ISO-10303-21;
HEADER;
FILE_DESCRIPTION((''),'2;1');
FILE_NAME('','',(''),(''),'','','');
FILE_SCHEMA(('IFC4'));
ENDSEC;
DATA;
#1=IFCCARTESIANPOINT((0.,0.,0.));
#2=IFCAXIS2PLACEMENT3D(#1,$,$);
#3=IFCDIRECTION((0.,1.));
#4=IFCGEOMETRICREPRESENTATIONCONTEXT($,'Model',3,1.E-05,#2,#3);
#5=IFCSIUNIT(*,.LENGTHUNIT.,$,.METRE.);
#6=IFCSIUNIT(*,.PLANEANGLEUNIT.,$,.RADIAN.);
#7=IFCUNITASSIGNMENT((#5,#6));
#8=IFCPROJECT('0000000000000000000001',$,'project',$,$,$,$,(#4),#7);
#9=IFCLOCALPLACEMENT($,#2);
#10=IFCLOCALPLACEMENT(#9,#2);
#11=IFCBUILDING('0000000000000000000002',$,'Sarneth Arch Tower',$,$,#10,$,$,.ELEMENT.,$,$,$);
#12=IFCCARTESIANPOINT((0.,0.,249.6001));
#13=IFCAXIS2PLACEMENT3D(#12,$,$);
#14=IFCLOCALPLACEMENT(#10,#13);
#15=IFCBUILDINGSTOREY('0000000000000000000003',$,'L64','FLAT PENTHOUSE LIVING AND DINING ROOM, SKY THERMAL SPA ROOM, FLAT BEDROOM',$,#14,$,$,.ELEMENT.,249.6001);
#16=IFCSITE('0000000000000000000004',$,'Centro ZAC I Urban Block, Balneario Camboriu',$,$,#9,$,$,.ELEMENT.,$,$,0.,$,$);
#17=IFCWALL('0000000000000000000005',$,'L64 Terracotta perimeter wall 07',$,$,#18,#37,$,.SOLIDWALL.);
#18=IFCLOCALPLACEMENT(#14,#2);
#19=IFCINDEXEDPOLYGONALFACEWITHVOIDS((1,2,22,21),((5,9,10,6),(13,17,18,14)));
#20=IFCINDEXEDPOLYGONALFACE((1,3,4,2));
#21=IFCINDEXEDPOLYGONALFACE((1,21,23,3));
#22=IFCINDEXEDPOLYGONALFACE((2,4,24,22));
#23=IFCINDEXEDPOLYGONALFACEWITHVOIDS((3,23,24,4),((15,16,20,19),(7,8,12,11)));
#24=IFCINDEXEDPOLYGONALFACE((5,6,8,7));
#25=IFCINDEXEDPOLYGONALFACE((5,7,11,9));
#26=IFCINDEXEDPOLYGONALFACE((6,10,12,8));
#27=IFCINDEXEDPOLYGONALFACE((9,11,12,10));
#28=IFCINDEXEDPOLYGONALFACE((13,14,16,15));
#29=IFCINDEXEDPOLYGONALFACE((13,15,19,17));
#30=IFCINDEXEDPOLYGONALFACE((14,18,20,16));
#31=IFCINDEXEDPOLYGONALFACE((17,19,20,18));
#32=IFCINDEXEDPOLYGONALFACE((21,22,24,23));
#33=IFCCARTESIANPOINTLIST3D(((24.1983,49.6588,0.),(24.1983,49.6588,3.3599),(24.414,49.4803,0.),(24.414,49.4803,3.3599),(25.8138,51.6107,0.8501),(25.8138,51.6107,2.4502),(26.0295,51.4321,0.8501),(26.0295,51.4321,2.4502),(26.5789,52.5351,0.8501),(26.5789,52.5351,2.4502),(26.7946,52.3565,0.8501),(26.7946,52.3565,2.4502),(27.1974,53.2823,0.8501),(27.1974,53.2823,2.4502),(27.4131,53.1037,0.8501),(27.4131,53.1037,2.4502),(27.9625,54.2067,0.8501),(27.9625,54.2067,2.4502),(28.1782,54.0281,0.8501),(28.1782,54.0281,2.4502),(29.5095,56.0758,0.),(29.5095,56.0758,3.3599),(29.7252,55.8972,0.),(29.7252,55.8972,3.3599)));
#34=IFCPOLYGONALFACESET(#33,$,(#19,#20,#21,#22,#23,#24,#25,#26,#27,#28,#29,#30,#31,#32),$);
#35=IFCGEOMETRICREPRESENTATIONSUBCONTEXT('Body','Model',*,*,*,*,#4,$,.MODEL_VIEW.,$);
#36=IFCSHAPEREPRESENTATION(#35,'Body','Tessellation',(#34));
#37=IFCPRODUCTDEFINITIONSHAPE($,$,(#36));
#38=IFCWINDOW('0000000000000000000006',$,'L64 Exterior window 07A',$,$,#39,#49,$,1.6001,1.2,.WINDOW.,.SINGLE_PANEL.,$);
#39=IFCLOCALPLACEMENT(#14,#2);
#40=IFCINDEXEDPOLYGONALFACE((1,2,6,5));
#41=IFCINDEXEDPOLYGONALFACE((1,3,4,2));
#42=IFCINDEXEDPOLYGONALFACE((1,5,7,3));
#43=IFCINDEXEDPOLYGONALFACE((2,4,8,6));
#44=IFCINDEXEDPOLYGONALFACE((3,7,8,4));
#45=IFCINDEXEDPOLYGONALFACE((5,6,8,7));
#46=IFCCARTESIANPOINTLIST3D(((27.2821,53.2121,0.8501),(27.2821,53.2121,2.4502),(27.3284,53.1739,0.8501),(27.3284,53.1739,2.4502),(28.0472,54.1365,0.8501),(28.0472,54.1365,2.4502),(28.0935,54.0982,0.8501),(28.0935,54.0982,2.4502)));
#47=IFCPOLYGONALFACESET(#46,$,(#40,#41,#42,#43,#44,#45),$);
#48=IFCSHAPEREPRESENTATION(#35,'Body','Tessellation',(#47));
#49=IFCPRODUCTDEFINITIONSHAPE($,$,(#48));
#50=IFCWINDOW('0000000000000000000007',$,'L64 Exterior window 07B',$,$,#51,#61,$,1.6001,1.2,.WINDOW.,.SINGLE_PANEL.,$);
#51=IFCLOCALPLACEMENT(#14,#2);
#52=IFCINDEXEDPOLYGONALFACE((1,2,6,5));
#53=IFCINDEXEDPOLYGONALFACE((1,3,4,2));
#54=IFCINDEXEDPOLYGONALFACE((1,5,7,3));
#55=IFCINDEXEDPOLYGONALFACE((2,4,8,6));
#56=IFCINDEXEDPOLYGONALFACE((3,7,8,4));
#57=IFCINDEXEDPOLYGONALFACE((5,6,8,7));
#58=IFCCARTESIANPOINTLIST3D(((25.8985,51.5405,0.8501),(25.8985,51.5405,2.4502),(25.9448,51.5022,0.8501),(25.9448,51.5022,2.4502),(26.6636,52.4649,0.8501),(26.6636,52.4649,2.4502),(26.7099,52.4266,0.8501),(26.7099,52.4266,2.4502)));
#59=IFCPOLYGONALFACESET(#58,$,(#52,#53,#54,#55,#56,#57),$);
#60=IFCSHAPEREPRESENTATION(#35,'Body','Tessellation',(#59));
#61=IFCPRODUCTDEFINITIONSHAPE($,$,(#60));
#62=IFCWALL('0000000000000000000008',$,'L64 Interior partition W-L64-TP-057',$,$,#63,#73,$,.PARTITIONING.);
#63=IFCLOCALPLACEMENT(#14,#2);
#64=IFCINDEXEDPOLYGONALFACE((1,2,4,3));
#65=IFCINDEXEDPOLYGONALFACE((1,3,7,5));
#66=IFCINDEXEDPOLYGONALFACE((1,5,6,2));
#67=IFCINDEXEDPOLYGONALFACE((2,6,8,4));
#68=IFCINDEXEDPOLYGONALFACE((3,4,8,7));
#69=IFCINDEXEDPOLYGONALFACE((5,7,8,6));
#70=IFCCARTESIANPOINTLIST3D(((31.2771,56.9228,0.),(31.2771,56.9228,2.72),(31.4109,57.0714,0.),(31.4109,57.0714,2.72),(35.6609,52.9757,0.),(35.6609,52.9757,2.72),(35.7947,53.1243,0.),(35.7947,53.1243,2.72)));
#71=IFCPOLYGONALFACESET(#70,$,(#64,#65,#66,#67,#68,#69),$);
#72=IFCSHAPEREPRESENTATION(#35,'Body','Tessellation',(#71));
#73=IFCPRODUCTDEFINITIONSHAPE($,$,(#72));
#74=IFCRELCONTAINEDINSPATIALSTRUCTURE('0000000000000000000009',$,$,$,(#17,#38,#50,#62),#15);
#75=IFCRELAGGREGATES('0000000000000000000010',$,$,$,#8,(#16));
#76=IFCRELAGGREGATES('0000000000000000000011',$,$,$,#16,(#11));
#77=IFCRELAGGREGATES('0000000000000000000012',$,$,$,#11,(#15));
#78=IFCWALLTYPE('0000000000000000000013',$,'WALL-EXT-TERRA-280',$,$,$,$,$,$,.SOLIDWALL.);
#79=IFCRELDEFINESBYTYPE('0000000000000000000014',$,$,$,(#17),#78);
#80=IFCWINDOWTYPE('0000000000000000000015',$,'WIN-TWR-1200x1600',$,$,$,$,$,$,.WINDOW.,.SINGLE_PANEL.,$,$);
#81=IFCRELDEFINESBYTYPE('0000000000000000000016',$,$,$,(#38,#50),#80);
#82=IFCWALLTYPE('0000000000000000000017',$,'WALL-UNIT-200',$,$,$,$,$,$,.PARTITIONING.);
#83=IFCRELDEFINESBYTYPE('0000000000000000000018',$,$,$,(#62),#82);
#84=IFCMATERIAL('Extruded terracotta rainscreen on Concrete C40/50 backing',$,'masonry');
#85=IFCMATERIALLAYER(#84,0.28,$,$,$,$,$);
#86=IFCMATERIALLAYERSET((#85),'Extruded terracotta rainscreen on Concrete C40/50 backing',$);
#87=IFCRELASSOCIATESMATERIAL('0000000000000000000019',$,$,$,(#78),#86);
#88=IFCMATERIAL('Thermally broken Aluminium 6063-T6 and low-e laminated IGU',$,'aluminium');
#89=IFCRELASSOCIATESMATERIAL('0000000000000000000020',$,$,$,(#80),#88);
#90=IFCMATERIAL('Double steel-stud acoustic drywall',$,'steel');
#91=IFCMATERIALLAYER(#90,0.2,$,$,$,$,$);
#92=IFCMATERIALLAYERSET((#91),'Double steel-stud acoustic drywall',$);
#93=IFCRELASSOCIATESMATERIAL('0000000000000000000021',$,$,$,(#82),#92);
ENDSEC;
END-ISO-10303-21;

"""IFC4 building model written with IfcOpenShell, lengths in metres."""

from ifc_helpers import new_model, si_unit, direction, frame, frame_2d, origin, place, context, subcontext, project, spatial, rectangle, extrude, material, layer, layer_set, type_object, element, fill, save


model = new_model("IFC4")

# Units and contexts
model_context = context("Model", 3, precision=1e-05, world=origin(), true_north=direction((0.0, 1.0)))
body_context = subcontext(model_context, "Body", "Model", "MODEL_VIEW")
ifc_project = project(units=[si_unit("LENGTHUNIT", "METRE"), si_unit("PLANEANGLEUNIT", "RADIAN")], contexts=[model_context])

# Site, building, storey
site_placement = place(None, origin())
site = spatial("IfcSite", under=ifc_project, at=site_placement, Name="Centro ZAC I Urban Block, Balneario Camboriu", CompositionType="ELEMENT", RefElevation=0.0)
building_placement = place(site_placement, origin())
building = spatial("IfcBuilding", under=site, at=building_placement, Name="Sarneth Arch Tower", CompositionType="ELEMENT")
storey_placement = place(building_placement, frame((0.0, 0.0, 249.6001)))
storey = spatial("IfcBuildingStorey", under=building, at=storey_placement, Name="L64", Description="FLAT PENTHOUSE LIVING AND DINING ROOM, SKY THERMAL SPA ROOM, FLAT BEDROOM", CompositionType="ELEMENT", Elevation=249.6001)

# Wall, openings, windows
ifc_material_1 = material(Name="Extruded terracotta rainscreen on Concrete C40/50 backing", Category="masonry")
ifc_layer_1 = layer(ifc_material_1, 0.28)
ifc_layer_set_1 = layer_set([ifc_layer_1], Name="Extruded terracotta rainscreen on Concrete C40/50 backing")
wall_type_1 = type_object("IfcWallType", Name="WALL-EXT-TERRA-280", PredefinedType="SOLIDWALL", material=ifc_layer_set_1)
wall_1_placement = place(storey_placement, frame((29.6174, 55.9866, 0.0), z_axis=(0.0, 0.0, 1.0), x_axis=(-0.637615, -0.770355, 0.0)))
wall_1 = element("IfcWall", 1, at=wall_1_placement, inside=storey, type_object=wall_type_1, Name="L64 Terracotta perimeter wall 07", PredefinedType="SOLIDWALL", context=body_context, shape_type="SweptSolid", body=[
    extrude(rectangle(XDim=8.3298, YDim=0.28, at=frame_2d((4.165, 0.0))), origin(), (0.0, 0.0, 1.0), 3.3599),
])
opening_1_placement = place(wall_1_placement, frame((2.4263, 0.0, 0.8501)))
opening_1 = element("IfcOpeningElement", 2, at=opening_1_placement, cuts=wall_1, PredefinedType="OPENING", context=body_context, shape_type="SweptSolid", body=[
    extrude(rectangle(XDim=1.2, YDim=1.6001, at=frame_2d((0.6001, 0.8))), frame((0.0, 0.1499, 0.0), z_axis=(0.0, -1.0, 0.0), x_axis=(1.0, 0.0, 0.0)), (0.0, 0.0, 1.0), 0.3),
])
opening_2_placement = place(wall_1_placement, frame((4.5962, 0.0, 0.8501)))
opening_2 = element("IfcOpeningElement", 3, at=opening_2_placement, cuts=wall_1, PredefinedType="OPENING", context=body_context, shape_type="SweptSolid", body=[
    extrude(rectangle(XDim=1.2, YDim=1.6001, at=frame_2d((0.6001, 0.8))), frame((0.0, 0.1499, 0.0), z_axis=(0.0, -1.0, 0.0), x_axis=(1.0, 0.0, 0.0)), (0.0, 0.0, 1.0), 0.3),
])
ifc_material_2 = material(Name="Thermally broken Aluminium 6063-T6 and low-e laminated IGU", Category="aluminium")
window_type = type_object("IfcWindowType", Name="WIN-TWR-1200x1600", PartitioningType="SINGLE_PANEL", PredefinedType="WINDOW", material=ifc_material_2)
window_1_placement = place(opening_1_placement, origin())
window_1 = element("IfcWindow", 4, at=window_1_placement, inside=storey, type_object=window_type, Name="L64 Exterior window 07A", OverallHeight=1.6001, OverallWidth=1.2, PartitioningType="SINGLE_PANEL", PredefinedType="WINDOW", context=body_context, shape_type="SweptSolid", body=[
    extrude(rectangle(XDim=1.2, YDim=1.6001, at=frame_2d((0.6001, 0.8))), frame((0.0, 0.03, 0.0), z_axis=(0.0, -1.0, 0.0), x_axis=(1.0, 0.0, 0.0)), (0.0, 0.0, 1.0), 0.0601),
])
fill(opening_1, window_1)
window_2_placement = place(opening_2_placement, origin())
window_2 = element("IfcWindow", 5, at=window_2_placement, inside=storey, type_object=window_type, Name="L64 Exterior window 07B", OverallHeight=1.6001, OverallWidth=1.2, PartitioningType="SINGLE_PANEL", PredefinedType="WINDOW", context=body_context, shape_type="SweptSolid", body=[
    extrude(rectangle(XDim=1.2, YDim=1.6001, at=frame_2d((0.6001, 0.8))), frame((0.0, 0.03, 0.0), z_axis=(0.0, -1.0, 0.0), x_axis=(1.0, 0.0, 0.0)), (0.0, 0.0, 1.0), 0.0601),
])
fill(opening_2, window_2)

# Wall
ifc_material_3 = material(Name="Double steel-stud acoustic drywall", Category="steel")
ifc_layer_2 = layer(ifc_material_3, 0.2)
ifc_layer_set_2 = layer_set([ifc_layer_2], Name="Double steel-stud acoustic drywall")
wall_type_2 = type_object("IfcWallType", Name="WALL-UNIT-200", PredefinedType="PARTITIONING", material=ifc_layer_set_2)
wall_2_placement = place(storey_placement, frame((31.344, 56.9971, 0.0), z_axis=(0.0, 0.0, 1.0), x_axis=(0.743158, -0.669116, 0.0)))
element("IfcWall", 6, at=wall_2_placement, inside=storey, type_object=wall_type_2, Name="L64 Interior partition W-L64-TP-057", PredefinedType="PARTITIONING", context=body_context, shape_type="SweptSolid", body=[
    extrude(rectangle(XDim=5.8989, YDim=0.2, at=frame_2d((2.9495, 0.0))), origin(), (0.0, 0.0, 1.0), 2.72),
])

save(model, "model.ifc")
